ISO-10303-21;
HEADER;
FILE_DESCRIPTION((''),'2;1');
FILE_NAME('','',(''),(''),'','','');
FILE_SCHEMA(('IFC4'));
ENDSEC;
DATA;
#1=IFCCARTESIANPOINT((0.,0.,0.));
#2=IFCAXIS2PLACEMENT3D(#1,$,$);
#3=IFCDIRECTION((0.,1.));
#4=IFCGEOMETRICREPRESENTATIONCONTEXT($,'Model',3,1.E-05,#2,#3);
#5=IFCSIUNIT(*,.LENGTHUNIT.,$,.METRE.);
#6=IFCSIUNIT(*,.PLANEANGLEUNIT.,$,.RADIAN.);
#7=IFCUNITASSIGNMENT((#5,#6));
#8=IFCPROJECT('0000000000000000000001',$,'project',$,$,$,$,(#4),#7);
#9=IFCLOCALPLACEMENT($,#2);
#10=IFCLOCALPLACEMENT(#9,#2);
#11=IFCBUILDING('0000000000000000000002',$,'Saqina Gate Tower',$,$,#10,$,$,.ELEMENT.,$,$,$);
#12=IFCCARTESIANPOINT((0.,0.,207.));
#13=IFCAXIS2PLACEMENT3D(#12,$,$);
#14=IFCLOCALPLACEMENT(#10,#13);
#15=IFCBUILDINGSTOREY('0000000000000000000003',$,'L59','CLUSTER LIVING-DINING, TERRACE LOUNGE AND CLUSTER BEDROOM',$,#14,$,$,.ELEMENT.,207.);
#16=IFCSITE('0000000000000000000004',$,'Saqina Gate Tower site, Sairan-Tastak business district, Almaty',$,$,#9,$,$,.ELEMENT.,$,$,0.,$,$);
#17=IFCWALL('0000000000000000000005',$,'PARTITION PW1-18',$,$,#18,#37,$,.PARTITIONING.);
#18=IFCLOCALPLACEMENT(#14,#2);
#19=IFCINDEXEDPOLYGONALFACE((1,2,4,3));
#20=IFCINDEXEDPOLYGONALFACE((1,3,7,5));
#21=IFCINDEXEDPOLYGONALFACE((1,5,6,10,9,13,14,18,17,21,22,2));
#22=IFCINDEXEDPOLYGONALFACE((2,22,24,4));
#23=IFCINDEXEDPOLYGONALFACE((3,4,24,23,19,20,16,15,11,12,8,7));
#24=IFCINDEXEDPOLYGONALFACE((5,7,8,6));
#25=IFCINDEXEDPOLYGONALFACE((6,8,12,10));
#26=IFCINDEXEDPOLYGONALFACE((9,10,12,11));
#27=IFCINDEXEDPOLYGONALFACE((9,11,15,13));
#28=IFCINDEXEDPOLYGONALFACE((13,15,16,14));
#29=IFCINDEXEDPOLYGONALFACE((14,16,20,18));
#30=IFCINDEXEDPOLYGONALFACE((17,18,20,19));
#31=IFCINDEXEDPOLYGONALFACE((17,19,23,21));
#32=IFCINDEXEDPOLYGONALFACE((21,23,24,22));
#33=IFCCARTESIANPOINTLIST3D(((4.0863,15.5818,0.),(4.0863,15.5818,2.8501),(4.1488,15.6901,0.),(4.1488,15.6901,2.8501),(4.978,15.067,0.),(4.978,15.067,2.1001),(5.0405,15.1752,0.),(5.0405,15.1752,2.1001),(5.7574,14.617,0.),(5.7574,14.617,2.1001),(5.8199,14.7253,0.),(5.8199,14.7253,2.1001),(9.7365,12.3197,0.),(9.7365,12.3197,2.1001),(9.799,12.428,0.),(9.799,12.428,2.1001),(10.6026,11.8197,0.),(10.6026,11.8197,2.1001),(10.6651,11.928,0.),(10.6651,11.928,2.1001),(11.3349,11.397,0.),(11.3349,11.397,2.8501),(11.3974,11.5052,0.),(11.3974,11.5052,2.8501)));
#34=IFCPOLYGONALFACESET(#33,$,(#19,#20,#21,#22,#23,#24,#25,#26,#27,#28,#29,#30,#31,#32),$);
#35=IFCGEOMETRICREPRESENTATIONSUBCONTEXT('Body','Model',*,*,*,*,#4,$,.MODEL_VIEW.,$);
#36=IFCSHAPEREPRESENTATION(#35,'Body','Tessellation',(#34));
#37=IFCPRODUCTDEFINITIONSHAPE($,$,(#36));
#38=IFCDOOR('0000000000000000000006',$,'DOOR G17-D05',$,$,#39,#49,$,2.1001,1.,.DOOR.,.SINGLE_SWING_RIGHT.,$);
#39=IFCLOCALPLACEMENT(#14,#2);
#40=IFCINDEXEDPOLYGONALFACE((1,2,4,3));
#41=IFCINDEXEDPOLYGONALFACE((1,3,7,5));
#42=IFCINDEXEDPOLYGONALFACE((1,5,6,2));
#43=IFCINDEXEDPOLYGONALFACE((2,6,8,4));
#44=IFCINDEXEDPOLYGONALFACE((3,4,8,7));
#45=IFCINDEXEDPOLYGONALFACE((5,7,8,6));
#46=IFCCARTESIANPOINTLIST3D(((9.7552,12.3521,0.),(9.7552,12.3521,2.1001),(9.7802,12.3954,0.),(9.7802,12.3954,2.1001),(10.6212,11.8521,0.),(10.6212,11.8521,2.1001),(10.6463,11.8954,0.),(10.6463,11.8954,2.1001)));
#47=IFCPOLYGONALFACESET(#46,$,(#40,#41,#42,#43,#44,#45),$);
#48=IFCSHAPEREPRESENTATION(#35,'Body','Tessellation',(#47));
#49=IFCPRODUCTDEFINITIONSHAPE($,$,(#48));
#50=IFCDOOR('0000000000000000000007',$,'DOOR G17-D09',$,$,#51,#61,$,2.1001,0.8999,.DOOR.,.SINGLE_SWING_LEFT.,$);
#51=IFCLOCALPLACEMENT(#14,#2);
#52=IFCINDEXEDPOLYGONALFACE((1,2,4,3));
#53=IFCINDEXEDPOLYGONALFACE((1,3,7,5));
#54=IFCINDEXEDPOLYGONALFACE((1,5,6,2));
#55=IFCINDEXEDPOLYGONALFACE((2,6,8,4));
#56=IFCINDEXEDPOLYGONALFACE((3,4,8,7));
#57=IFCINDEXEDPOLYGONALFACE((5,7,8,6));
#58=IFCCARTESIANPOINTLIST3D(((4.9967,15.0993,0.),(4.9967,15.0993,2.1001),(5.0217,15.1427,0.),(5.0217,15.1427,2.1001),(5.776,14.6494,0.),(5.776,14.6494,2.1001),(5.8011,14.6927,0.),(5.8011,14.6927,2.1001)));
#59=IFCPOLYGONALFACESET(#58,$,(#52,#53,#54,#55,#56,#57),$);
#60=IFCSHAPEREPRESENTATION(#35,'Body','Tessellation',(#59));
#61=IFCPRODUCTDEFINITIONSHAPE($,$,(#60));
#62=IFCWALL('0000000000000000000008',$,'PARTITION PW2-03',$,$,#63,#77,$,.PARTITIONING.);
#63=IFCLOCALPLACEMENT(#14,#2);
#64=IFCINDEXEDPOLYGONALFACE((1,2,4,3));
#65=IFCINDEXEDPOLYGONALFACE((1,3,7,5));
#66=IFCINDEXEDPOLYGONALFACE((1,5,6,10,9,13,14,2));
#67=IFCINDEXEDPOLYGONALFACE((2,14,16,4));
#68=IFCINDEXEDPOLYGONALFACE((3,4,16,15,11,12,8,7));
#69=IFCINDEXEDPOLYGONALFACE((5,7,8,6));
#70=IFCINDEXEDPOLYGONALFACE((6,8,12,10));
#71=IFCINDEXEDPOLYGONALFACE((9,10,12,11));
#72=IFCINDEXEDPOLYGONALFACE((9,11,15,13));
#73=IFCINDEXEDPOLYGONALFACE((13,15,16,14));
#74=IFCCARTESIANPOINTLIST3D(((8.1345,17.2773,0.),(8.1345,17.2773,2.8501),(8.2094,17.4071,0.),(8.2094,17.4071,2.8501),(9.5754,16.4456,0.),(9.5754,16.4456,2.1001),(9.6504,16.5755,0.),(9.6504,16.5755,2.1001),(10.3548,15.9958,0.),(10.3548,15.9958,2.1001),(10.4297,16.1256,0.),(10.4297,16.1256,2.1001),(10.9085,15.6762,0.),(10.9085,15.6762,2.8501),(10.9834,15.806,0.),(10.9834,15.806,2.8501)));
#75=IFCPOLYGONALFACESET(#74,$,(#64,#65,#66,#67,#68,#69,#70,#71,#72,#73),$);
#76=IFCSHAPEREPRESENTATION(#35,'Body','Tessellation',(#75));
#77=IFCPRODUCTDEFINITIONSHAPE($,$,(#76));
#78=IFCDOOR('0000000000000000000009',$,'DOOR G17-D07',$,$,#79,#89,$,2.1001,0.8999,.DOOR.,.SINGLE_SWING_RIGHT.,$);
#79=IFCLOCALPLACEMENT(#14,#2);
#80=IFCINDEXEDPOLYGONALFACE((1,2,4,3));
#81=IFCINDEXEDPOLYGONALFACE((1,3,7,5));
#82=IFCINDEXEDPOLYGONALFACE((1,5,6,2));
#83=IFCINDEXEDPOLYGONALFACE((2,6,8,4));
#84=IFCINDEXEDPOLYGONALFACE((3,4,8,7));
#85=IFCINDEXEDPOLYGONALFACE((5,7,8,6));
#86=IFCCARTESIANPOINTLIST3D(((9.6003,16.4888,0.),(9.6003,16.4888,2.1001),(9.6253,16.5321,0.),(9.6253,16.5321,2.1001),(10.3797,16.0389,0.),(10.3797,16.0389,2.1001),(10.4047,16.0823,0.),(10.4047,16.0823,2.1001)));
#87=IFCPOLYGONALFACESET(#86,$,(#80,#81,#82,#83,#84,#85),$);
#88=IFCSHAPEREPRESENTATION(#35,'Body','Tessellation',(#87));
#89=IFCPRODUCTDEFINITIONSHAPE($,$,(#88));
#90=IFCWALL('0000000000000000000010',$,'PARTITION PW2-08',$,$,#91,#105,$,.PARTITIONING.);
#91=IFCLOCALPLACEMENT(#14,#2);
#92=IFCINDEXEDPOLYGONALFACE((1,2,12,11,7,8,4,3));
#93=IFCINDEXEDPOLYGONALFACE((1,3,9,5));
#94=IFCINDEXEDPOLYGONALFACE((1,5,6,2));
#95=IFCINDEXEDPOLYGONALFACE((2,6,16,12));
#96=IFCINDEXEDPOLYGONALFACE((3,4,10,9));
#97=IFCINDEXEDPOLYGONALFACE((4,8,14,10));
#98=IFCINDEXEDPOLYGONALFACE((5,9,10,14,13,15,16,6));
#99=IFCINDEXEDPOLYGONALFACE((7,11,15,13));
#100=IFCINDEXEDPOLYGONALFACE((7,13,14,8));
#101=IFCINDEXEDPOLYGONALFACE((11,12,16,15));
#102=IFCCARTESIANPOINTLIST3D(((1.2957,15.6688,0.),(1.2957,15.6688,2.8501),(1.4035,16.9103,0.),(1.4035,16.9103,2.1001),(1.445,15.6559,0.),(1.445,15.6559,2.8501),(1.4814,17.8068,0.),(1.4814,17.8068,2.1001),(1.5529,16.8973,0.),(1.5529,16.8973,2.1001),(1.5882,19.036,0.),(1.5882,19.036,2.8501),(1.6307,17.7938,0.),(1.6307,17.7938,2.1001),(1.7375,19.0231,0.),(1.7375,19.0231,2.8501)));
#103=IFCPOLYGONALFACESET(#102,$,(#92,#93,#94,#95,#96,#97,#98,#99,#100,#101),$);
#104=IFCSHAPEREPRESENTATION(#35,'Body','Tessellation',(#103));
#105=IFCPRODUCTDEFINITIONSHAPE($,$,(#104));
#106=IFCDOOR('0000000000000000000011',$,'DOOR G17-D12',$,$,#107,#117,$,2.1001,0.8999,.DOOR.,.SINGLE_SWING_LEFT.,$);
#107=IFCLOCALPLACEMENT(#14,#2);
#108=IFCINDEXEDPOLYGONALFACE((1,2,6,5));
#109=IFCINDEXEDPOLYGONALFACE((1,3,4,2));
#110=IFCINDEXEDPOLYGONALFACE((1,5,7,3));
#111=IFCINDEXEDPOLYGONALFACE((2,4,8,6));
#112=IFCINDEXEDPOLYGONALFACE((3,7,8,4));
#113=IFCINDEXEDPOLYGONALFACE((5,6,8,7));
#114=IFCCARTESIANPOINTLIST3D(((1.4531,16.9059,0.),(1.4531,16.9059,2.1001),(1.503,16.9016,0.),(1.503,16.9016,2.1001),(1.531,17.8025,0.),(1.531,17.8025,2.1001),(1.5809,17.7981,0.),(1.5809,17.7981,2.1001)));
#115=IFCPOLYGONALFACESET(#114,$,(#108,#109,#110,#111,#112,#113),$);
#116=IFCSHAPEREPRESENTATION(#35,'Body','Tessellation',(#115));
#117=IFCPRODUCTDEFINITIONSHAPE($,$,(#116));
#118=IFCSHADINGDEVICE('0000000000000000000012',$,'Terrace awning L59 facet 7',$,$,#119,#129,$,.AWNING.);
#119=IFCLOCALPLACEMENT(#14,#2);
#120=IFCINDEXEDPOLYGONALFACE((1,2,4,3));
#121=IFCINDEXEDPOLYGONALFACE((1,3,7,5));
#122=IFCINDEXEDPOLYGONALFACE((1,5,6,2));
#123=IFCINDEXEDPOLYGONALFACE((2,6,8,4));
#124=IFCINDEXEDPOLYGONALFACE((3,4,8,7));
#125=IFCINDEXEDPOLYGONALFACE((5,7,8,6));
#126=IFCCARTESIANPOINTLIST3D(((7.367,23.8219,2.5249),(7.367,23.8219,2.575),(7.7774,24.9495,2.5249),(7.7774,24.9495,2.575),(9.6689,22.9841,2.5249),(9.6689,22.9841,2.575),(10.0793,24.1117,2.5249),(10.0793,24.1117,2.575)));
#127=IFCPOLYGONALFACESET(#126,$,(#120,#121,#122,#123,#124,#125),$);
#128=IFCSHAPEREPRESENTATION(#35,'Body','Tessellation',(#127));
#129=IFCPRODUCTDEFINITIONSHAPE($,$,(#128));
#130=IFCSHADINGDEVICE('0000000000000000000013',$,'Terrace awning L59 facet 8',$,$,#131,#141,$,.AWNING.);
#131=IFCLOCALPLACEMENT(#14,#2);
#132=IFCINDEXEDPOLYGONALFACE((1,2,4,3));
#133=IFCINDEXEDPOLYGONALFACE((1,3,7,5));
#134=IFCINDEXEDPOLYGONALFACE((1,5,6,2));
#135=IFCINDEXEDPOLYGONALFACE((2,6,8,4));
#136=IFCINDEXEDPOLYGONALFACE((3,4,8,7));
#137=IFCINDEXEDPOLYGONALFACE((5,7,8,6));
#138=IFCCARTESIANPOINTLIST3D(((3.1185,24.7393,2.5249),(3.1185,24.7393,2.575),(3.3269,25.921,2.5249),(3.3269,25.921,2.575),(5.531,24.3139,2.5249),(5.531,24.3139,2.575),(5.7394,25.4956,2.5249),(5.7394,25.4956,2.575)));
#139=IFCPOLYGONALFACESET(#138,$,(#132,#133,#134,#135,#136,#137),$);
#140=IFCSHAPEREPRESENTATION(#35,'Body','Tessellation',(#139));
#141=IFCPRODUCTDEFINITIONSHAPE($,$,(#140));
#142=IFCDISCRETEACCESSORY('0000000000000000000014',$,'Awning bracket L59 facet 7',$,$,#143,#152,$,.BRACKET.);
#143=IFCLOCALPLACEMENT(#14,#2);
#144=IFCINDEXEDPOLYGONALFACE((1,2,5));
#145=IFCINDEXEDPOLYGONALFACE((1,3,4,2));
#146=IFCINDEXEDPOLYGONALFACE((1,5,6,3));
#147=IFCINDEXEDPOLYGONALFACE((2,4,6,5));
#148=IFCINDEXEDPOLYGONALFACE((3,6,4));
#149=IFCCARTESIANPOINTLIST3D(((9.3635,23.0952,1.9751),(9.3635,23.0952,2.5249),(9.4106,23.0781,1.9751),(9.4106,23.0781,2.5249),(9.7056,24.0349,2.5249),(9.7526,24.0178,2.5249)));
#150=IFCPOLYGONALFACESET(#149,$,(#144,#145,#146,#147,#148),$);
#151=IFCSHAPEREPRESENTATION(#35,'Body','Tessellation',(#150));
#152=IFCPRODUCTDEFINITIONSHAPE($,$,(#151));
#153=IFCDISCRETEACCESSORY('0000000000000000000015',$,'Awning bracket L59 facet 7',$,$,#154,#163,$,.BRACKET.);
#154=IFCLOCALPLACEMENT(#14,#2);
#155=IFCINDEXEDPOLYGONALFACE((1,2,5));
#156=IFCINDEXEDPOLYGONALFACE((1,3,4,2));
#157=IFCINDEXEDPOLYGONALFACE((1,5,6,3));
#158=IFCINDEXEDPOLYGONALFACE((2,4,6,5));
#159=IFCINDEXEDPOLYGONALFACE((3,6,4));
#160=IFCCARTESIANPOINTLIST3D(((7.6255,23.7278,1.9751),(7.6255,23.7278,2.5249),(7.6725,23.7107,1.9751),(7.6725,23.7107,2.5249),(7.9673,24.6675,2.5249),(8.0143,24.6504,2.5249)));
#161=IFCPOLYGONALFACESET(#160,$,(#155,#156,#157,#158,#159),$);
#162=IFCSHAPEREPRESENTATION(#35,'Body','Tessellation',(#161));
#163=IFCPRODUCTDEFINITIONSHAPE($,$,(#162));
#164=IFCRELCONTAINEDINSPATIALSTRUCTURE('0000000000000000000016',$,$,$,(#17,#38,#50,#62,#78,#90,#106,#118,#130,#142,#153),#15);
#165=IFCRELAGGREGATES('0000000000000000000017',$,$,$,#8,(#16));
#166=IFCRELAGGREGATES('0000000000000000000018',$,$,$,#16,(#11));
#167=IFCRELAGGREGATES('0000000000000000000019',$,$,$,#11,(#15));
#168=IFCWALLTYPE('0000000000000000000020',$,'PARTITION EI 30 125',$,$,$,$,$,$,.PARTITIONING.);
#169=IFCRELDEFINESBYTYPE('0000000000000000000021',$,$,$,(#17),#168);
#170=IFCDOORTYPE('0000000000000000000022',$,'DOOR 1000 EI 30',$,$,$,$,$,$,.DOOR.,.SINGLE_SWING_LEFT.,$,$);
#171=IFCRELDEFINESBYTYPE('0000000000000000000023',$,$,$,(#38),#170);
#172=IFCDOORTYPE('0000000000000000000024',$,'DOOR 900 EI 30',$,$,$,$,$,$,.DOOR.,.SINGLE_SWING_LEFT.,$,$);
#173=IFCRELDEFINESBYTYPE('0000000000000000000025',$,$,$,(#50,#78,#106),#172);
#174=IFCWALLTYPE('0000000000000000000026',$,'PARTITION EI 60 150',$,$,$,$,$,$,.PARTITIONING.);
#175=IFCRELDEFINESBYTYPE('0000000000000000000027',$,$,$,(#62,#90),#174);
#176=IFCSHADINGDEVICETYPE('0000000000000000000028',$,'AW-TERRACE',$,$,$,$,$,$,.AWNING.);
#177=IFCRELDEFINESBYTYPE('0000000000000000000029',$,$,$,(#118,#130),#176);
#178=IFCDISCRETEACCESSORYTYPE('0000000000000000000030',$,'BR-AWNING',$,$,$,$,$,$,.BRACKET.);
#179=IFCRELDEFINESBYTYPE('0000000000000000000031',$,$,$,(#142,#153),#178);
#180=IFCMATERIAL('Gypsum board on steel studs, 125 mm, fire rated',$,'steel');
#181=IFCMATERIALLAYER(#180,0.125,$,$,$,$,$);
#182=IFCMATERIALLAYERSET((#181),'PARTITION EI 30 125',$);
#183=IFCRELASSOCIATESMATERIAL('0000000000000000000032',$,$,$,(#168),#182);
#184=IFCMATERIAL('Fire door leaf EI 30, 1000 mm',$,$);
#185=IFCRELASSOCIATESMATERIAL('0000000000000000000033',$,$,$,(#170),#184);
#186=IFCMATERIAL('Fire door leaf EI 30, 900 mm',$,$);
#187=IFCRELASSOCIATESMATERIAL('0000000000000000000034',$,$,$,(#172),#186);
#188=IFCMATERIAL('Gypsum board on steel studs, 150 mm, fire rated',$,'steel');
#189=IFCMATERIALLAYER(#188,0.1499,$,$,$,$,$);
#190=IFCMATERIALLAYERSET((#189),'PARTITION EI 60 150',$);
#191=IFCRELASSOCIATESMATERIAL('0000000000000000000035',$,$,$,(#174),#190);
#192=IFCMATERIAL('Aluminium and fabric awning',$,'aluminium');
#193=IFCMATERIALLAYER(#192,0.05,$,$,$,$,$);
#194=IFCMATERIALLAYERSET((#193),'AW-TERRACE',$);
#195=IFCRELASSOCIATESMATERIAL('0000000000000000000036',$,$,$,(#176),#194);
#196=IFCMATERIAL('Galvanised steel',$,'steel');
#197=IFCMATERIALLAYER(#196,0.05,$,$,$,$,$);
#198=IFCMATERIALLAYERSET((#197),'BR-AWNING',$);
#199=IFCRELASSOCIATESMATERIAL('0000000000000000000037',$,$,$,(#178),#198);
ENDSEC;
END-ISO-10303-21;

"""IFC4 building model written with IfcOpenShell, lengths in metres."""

from ifc_helpers import new_model, si_unit, direction, frame, frame_2d, origin, origin_2d, place, context, subcontext, project, spatial, polyline, rectangle, outline, extrude, material, layer, layer_set, type_object, element, fill, save


model = new_model("IFC4")

# Units and contexts
model_context = context("Model", 3, precision=1e-05, world=origin(), true_north=direction((0.0, 1.0)))
body_context = subcontext(model_context, "Body", "Model", "MODEL_VIEW")
ifc_project = project(units=[si_unit("LENGTHUNIT", "METRE"), si_unit("PLANEANGLEUNIT", "RADIAN")], contexts=[model_context])

# Site, building, storey
site_placement = place(None, origin())
site = spatial("IfcSite", under=ifc_project, at=site_placement, Name="Saqina Gate Tower site, Sairan-Tastak business district, Almaty", CompositionType="ELEMENT", RefElevation=0.0)
building_placement = place(site_placement, origin())
building = spatial("IfcBuilding", under=site, at=building_placement, Name="Saqina Gate Tower", CompositionType="ELEMENT")
storey_placement = place(building_placement, frame((0.0, 0.0, 207.0)))
storey = spatial("IfcBuildingStorey", under=building, at=storey_placement, Name="L59", Description="CLUSTER LIVING-DINING, TERRACE LOUNGE AND CLUSTER BEDROOM", CompositionType="ELEMENT", Elevation=207.0)

# Wall, openings, doors
ifc_material_1 = material(Name="Gypsum board on steel studs, 125 mm, fire rated", Category="steel")
ifc_layer_1 = layer(ifc_material_1, 0.125)
ifc_layer_set_1 = layer_set([ifc_layer_1], Name="PARTITION EI 30 125")
wall_type_1 = type_object("IfcWallType", Name="PARTITION EI 30 125", PredefinedType="PARTITIONING", material=ifc_layer_set_1)
wall_1_placement = place(storey_placement, frame((4.1174, 15.636, 0.0), z_axis=(0.0, 0.0, 1.0), x_axis=(0.866032, -0.499988, 0.0)))
wall_1 = element("IfcWall", 1, at=wall_1_placement, inside=storey, type_object=wall_type_1, Name="PARTITION PW1-18", PredefinedType="PARTITIONING", context=body_context, shape_type="SweptSolid", body=[
    extrude(rectangle(XDim=8.3699, YDim=0.125, at=frame_2d((4.1851, 0.0))), origin(), (0.0, 0.0, 1.0), 2.8501),
])
opening_1_placement = place(wall_1_placement, frame((6.5244, 0.0, 0.0)))
opening_1 = element("IfcOpeningElement", 2, at=opening_1_placement, cuts=wall_1, PredefinedType="OPENING", context=body_context, shape_type="SweptSolid", body=[
    extrude(rectangle(XDim=1.0, YDim=2.1001, at=frame_2d((0.5, 1.05))), frame((0.0, 0.0745, 0.0), z_axis=(0.0, -1.0, 0.0), x_axis=(1.0, 0.0, 0.0)), (0.0, 0.0, 1.0), 0.1489),
])
opening_2_placement = place(wall_1_placement, frame((1.0298, 0.0, 0.0)))
opening_2 = element("IfcOpeningElement", 3, at=opening_2_placement, cuts=wall_1, PredefinedType="OPENING", context=body_context, shape_type="SweptSolid", body=[
    extrude(rectangle(XDim=0.8999, YDim=2.1001, at=frame_2d((0.45, 1.05))), frame((0.0, 0.0745, 0.0), z_axis=(0.0, -1.0, 0.0), x_axis=(1.0, 0.0, 0.0)), (0.0, 0.0, 1.0), 0.1489),
])
ifc_material_2 = material(Name="Fire door leaf EI 30, 1000 mm")
door_type_1 = type_object("IfcDoorType", Name="DOOR 1000 EI 30", OperationType="SINGLE_SWING_LEFT", PredefinedType="DOOR", material=ifc_material_2)
door_1_placement = place(opening_1_placement, origin())
door_1 = element("IfcDoor", 4, at=door_1_placement, inside=storey, type_object=door_type_1, Name="DOOR G17-D05", OperationType="SINGLE_SWING_RIGHT", OverallHeight=2.1001, OverallWidth=1.0, PredefinedType="DOOR", context=body_context, shape_type="SweptSolid", body=[
    extrude(rectangle(XDim=1.0, YDim=2.1001, at=frame_2d((0.5, 1.05))), frame((0.0, 0.0249, 0.0), z_axis=(0.0, -1.0, 0.0), x_axis=(1.0, 0.0, 0.0)), (0.0, 0.0, 1.0), 0.05),
])
fill(opening_1, door_1)
ifc_material_3 = material(Name="Fire door leaf EI 30, 900 mm")
door_type_2 = type_object("IfcDoorType", Name="DOOR 900 EI 30", OperationType="SINGLE_SWING_LEFT", PredefinedType="DOOR", material=ifc_material_3)
door_2_placement = place(opening_2_placement, origin())
door_2 = element("IfcDoor", 5, at=door_2_placement, inside=storey, type_object=door_type_2, Name="DOOR G17-D09", OperationType="SINGLE_SWING_LEFT", OverallHeight=2.1001, OverallWidth=0.8999, PredefinedType="DOOR", context=body_context, shape_type="SweptSolid", body=[
    extrude(rectangle(XDim=0.8999, YDim=2.1001, at=frame_2d((0.45, 1.05))), frame((0.0, 0.0249, 0.0), z_axis=(0.0, -1.0, 0.0), x_axis=(1.0, 0.0, 0.0)), (0.0, 0.0, 1.0), 0.05),
])
fill(opening_2, door_2)

# Walls, openings, doors
ifc_material_4 = material(Name="Gypsum board on steel studs, 150 mm, fire rated", Category="steel")
ifc_layer_2 = layer(ifc_material_4, 0.1499)
ifc_layer_set_2 = layer_set([ifc_layer_2], Name="PARTITION EI 60 150")
wall_type_2 = type_object("IfcWallType", Name="PARTITION EI 60 150", PredefinedType="PARTITIONING", material=ifc_layer_set_2)
wall_2_placement = place(storey_placement, frame((8.1719, 17.3423, 0.0), z_axis=(0.0, 0.0, 1.0), x_axis=(0.866087, -0.499894, 0.0)))
wall_2 = element("IfcWall", 6, at=wall_2_placement, inside=storey, type_object=wall_type_2, Name="PARTITION PW2-03", PredefinedType="PARTITIONING", context=body_context, shape_type="SweptSolid", body=[
    extrude(rectangle(XDim=3.2029, YDim=0.1499, at=frame_2d((1.6016, 0.0))), origin(), (0.0, 0.0, 1.0), 2.8501),
])
opening_3_placement = place(wall_2_placement, frame((1.6638, 0.0, 0.0)))
opening_3 = element("IfcOpeningElement", 7, at=opening_3_placement, cuts=wall_2, PredefinedType="OPENING", context=body_context, shape_type="SweptSolid", body=[
    extrude(rectangle(XDim=0.8999, YDim=2.1001, at=frame_2d((0.45, 1.05))), frame((0.0, 0.0869, 0.0), z_axis=(0.0, -1.0, 0.0), x_axis=(1.0, 0.0, 0.0)), (0.0, 0.0, 1.0), 0.1738),
])
door_3_placement = place(opening_3_placement, origin())
door_3 = element("IfcDoor", 8, at=door_3_placement, inside=storey, type_object=door_type_2, Name="DOOR G17-D07", OperationType="SINGLE_SWING_RIGHT", OverallHeight=2.1001, OverallWidth=0.8999, PredefinedType="DOOR", context=body_context, shape_type="SweptSolid", body=[
    extrude(rectangle(XDim=0.8999, YDim=2.1001, at=frame_2d((0.45, 1.05))), frame((0.0, 0.0249, 0.0), z_axis=(0.0, -1.0, 0.0), x_axis=(1.0, 0.0, 0.0)), (0.0, 0.0, 1.0), 0.05),
])
fill(opening_3, door_3)
wall_3_placement = place(storey_placement, frame((1.3704, 15.6624, 0.0), z_axis=(0.0, 0.0, 1.0), x_axis=(0.086536, 0.996249, 0.0)))
wall_3 = element("IfcWall", 9, at=wall_3_placement, inside=storey, type_object=wall_type_2, Name="PARTITION PW2-08", PredefinedType="PARTITIONING", context=body_context, shape_type="SweptSolid", body=[
    extrude(rectangle(XDim=3.3799, YDim=0.1499, at=frame_2d((1.6899, 0.0))), origin(), (0.0, 0.0, 1.0), 2.8501),
])
opening_4_placement = place(wall_3_placement, frame((1.2461, 0.0, 0.0)))
opening_4 = element("IfcOpeningElement", 10, at=opening_4_placement, cuts=wall_3, PredefinedType="OPENING", context=body_context, shape_type="SweptSolid", body=[
    extrude(rectangle(XDim=0.8999, YDim=2.1001, at=frame_2d((0.45, 1.05))), frame((0.0, 0.0869, 0.0), z_axis=(0.0, -1.0, 0.0), x_axis=(1.0, 0.0, 0.0)), (0.0, 0.0, 1.0), 0.1738),
])
door_4_placement = place(opening_4_placement, frame((0.8999, 0.0, 0.0), z_axis=(0.0, 0.0, 1.0), x_axis=(-1.0, 0.0, 0.0)))
door_4 = element("IfcDoor", 11, at=door_4_placement, inside=storey, type_object=door_type_2, Name="DOOR G17-D12", OperationType="SINGLE_SWING_LEFT", OverallHeight=2.1001, OverallWidth=0.8999, PredefinedType="DOOR", context=body_context, shape_type="SweptSolid", body=[
    extrude(rectangle(XDim=0.8999, YDim=2.1001, at=frame_2d((0.45, 1.05))), frame((0.0, 0.0249, 0.0), z_axis=(0.0, -1.0, 0.0), x_axis=(1.0, 0.0, 0.0)), (0.0, 0.0, 1.0), 0.05),
])
fill(opening_4, door_4)

# Shading devices
ifc_material_5 = material(Name="Aluminium and fabric awning", Category="aluminium")
ifc_layer_3 = layer(ifc_material_5, 0.05)
ifc_layer_set_3 = layer_set([ifc_layer_3], Name="AW-TERRACE")
shading_device_type = type_object("IfcShadingDeviceType", Name="AW-TERRACE", PredefinedType="AWNING", material=ifc_layer_set_3)
for number, where, z_axis, x_axis, name in (
    (12, (8.7231, 23.9668, 2.5249), (0.0, 0.0, 1.0), (-0.939693, 0.34202, 0.0), "Terrace awning L59 facet 7"),
    (13, (4.429, 25.1174, 2.5249), (0.0, 0.0, 1.0), (-0.984808, 0.173648, 0.0), "Terrace awning L59 facet 8"),
):
    element("IfcShadingDevice", number, at=place(storey_placement, frame(where, z_axis=z_axis, x_axis=x_axis)), inside=storey, type_object=shading_device_type, Name=name, PredefinedType="AWNING", context=body_context, shape_type="SweptSolid", body=[
        extrude(rectangle(XDim=2.4497, YDim=1.2, at=origin_2d()), origin(), (0.0, 0.0, 1.0), 0.05),
    ])

# Discrete accessories
ifc_material_6 = material(Name="Galvanised steel", Category="steel")
ifc_layer_4 = layer(ifc_material_6, 0.05)
ifc_layer_set_4 = layer_set([ifc_layer_4], Name="BR-AWNING")
discrete_accessory_type_1 = type_object("IfcDiscreteAccessoryType", Name="BR-AWNING", PredefinedType="BRACKET", material=ifc_layer_set_4)
discrete_accessory_1_placement = place(storey_placement, frame((9.3635, 23.0952, 1.9751), z_axis=(-0.939686, 0.342037, 0.0), x_axis=(0.0, 0.0, 1.0)))
element("IfcDiscreteAccessory", 14, at=discrete_accessory_1_placement, inside=storey, type_object=discrete_accessory_type_1, Name="Awning bracket L59 facet 7", PredefinedType="BRACKET", context=body_context, shape_type="SweptSolid", body=[
    extrude(outline(polyline([(0.0, 0.0), (0.5498, 0.0), (0.5498, 1.0), (0.0, 0.0)])), origin(), (0.0, 0.0, -1.0), 0.05),
])
discrete_accessory_2_placement = place(storey_placement, frame((7.6255, 23.7278, 1.9751), z_axis=(-0.939765, 0.341821, 0.0), x_axis=(0.0, 0.0, 1.0)))
element("IfcDiscreteAccessory", 15, at=discrete_accessory_2_placement, inside=storey, type_object=discrete_accessory_type_1, Name="Awning bracket L59 facet 7", PredefinedType="BRACKET", context=body_context, shape_type="SweptSolid", body=[
    extrude(outline(polyline([(0.0, 0.0), (0.5498, 0.0), (0.5498, 0.9999), (0.0, 0.0)])), origin(), (0.0, 0.0, -1.0), 0.05),
])

save(model, "model.ifc")
